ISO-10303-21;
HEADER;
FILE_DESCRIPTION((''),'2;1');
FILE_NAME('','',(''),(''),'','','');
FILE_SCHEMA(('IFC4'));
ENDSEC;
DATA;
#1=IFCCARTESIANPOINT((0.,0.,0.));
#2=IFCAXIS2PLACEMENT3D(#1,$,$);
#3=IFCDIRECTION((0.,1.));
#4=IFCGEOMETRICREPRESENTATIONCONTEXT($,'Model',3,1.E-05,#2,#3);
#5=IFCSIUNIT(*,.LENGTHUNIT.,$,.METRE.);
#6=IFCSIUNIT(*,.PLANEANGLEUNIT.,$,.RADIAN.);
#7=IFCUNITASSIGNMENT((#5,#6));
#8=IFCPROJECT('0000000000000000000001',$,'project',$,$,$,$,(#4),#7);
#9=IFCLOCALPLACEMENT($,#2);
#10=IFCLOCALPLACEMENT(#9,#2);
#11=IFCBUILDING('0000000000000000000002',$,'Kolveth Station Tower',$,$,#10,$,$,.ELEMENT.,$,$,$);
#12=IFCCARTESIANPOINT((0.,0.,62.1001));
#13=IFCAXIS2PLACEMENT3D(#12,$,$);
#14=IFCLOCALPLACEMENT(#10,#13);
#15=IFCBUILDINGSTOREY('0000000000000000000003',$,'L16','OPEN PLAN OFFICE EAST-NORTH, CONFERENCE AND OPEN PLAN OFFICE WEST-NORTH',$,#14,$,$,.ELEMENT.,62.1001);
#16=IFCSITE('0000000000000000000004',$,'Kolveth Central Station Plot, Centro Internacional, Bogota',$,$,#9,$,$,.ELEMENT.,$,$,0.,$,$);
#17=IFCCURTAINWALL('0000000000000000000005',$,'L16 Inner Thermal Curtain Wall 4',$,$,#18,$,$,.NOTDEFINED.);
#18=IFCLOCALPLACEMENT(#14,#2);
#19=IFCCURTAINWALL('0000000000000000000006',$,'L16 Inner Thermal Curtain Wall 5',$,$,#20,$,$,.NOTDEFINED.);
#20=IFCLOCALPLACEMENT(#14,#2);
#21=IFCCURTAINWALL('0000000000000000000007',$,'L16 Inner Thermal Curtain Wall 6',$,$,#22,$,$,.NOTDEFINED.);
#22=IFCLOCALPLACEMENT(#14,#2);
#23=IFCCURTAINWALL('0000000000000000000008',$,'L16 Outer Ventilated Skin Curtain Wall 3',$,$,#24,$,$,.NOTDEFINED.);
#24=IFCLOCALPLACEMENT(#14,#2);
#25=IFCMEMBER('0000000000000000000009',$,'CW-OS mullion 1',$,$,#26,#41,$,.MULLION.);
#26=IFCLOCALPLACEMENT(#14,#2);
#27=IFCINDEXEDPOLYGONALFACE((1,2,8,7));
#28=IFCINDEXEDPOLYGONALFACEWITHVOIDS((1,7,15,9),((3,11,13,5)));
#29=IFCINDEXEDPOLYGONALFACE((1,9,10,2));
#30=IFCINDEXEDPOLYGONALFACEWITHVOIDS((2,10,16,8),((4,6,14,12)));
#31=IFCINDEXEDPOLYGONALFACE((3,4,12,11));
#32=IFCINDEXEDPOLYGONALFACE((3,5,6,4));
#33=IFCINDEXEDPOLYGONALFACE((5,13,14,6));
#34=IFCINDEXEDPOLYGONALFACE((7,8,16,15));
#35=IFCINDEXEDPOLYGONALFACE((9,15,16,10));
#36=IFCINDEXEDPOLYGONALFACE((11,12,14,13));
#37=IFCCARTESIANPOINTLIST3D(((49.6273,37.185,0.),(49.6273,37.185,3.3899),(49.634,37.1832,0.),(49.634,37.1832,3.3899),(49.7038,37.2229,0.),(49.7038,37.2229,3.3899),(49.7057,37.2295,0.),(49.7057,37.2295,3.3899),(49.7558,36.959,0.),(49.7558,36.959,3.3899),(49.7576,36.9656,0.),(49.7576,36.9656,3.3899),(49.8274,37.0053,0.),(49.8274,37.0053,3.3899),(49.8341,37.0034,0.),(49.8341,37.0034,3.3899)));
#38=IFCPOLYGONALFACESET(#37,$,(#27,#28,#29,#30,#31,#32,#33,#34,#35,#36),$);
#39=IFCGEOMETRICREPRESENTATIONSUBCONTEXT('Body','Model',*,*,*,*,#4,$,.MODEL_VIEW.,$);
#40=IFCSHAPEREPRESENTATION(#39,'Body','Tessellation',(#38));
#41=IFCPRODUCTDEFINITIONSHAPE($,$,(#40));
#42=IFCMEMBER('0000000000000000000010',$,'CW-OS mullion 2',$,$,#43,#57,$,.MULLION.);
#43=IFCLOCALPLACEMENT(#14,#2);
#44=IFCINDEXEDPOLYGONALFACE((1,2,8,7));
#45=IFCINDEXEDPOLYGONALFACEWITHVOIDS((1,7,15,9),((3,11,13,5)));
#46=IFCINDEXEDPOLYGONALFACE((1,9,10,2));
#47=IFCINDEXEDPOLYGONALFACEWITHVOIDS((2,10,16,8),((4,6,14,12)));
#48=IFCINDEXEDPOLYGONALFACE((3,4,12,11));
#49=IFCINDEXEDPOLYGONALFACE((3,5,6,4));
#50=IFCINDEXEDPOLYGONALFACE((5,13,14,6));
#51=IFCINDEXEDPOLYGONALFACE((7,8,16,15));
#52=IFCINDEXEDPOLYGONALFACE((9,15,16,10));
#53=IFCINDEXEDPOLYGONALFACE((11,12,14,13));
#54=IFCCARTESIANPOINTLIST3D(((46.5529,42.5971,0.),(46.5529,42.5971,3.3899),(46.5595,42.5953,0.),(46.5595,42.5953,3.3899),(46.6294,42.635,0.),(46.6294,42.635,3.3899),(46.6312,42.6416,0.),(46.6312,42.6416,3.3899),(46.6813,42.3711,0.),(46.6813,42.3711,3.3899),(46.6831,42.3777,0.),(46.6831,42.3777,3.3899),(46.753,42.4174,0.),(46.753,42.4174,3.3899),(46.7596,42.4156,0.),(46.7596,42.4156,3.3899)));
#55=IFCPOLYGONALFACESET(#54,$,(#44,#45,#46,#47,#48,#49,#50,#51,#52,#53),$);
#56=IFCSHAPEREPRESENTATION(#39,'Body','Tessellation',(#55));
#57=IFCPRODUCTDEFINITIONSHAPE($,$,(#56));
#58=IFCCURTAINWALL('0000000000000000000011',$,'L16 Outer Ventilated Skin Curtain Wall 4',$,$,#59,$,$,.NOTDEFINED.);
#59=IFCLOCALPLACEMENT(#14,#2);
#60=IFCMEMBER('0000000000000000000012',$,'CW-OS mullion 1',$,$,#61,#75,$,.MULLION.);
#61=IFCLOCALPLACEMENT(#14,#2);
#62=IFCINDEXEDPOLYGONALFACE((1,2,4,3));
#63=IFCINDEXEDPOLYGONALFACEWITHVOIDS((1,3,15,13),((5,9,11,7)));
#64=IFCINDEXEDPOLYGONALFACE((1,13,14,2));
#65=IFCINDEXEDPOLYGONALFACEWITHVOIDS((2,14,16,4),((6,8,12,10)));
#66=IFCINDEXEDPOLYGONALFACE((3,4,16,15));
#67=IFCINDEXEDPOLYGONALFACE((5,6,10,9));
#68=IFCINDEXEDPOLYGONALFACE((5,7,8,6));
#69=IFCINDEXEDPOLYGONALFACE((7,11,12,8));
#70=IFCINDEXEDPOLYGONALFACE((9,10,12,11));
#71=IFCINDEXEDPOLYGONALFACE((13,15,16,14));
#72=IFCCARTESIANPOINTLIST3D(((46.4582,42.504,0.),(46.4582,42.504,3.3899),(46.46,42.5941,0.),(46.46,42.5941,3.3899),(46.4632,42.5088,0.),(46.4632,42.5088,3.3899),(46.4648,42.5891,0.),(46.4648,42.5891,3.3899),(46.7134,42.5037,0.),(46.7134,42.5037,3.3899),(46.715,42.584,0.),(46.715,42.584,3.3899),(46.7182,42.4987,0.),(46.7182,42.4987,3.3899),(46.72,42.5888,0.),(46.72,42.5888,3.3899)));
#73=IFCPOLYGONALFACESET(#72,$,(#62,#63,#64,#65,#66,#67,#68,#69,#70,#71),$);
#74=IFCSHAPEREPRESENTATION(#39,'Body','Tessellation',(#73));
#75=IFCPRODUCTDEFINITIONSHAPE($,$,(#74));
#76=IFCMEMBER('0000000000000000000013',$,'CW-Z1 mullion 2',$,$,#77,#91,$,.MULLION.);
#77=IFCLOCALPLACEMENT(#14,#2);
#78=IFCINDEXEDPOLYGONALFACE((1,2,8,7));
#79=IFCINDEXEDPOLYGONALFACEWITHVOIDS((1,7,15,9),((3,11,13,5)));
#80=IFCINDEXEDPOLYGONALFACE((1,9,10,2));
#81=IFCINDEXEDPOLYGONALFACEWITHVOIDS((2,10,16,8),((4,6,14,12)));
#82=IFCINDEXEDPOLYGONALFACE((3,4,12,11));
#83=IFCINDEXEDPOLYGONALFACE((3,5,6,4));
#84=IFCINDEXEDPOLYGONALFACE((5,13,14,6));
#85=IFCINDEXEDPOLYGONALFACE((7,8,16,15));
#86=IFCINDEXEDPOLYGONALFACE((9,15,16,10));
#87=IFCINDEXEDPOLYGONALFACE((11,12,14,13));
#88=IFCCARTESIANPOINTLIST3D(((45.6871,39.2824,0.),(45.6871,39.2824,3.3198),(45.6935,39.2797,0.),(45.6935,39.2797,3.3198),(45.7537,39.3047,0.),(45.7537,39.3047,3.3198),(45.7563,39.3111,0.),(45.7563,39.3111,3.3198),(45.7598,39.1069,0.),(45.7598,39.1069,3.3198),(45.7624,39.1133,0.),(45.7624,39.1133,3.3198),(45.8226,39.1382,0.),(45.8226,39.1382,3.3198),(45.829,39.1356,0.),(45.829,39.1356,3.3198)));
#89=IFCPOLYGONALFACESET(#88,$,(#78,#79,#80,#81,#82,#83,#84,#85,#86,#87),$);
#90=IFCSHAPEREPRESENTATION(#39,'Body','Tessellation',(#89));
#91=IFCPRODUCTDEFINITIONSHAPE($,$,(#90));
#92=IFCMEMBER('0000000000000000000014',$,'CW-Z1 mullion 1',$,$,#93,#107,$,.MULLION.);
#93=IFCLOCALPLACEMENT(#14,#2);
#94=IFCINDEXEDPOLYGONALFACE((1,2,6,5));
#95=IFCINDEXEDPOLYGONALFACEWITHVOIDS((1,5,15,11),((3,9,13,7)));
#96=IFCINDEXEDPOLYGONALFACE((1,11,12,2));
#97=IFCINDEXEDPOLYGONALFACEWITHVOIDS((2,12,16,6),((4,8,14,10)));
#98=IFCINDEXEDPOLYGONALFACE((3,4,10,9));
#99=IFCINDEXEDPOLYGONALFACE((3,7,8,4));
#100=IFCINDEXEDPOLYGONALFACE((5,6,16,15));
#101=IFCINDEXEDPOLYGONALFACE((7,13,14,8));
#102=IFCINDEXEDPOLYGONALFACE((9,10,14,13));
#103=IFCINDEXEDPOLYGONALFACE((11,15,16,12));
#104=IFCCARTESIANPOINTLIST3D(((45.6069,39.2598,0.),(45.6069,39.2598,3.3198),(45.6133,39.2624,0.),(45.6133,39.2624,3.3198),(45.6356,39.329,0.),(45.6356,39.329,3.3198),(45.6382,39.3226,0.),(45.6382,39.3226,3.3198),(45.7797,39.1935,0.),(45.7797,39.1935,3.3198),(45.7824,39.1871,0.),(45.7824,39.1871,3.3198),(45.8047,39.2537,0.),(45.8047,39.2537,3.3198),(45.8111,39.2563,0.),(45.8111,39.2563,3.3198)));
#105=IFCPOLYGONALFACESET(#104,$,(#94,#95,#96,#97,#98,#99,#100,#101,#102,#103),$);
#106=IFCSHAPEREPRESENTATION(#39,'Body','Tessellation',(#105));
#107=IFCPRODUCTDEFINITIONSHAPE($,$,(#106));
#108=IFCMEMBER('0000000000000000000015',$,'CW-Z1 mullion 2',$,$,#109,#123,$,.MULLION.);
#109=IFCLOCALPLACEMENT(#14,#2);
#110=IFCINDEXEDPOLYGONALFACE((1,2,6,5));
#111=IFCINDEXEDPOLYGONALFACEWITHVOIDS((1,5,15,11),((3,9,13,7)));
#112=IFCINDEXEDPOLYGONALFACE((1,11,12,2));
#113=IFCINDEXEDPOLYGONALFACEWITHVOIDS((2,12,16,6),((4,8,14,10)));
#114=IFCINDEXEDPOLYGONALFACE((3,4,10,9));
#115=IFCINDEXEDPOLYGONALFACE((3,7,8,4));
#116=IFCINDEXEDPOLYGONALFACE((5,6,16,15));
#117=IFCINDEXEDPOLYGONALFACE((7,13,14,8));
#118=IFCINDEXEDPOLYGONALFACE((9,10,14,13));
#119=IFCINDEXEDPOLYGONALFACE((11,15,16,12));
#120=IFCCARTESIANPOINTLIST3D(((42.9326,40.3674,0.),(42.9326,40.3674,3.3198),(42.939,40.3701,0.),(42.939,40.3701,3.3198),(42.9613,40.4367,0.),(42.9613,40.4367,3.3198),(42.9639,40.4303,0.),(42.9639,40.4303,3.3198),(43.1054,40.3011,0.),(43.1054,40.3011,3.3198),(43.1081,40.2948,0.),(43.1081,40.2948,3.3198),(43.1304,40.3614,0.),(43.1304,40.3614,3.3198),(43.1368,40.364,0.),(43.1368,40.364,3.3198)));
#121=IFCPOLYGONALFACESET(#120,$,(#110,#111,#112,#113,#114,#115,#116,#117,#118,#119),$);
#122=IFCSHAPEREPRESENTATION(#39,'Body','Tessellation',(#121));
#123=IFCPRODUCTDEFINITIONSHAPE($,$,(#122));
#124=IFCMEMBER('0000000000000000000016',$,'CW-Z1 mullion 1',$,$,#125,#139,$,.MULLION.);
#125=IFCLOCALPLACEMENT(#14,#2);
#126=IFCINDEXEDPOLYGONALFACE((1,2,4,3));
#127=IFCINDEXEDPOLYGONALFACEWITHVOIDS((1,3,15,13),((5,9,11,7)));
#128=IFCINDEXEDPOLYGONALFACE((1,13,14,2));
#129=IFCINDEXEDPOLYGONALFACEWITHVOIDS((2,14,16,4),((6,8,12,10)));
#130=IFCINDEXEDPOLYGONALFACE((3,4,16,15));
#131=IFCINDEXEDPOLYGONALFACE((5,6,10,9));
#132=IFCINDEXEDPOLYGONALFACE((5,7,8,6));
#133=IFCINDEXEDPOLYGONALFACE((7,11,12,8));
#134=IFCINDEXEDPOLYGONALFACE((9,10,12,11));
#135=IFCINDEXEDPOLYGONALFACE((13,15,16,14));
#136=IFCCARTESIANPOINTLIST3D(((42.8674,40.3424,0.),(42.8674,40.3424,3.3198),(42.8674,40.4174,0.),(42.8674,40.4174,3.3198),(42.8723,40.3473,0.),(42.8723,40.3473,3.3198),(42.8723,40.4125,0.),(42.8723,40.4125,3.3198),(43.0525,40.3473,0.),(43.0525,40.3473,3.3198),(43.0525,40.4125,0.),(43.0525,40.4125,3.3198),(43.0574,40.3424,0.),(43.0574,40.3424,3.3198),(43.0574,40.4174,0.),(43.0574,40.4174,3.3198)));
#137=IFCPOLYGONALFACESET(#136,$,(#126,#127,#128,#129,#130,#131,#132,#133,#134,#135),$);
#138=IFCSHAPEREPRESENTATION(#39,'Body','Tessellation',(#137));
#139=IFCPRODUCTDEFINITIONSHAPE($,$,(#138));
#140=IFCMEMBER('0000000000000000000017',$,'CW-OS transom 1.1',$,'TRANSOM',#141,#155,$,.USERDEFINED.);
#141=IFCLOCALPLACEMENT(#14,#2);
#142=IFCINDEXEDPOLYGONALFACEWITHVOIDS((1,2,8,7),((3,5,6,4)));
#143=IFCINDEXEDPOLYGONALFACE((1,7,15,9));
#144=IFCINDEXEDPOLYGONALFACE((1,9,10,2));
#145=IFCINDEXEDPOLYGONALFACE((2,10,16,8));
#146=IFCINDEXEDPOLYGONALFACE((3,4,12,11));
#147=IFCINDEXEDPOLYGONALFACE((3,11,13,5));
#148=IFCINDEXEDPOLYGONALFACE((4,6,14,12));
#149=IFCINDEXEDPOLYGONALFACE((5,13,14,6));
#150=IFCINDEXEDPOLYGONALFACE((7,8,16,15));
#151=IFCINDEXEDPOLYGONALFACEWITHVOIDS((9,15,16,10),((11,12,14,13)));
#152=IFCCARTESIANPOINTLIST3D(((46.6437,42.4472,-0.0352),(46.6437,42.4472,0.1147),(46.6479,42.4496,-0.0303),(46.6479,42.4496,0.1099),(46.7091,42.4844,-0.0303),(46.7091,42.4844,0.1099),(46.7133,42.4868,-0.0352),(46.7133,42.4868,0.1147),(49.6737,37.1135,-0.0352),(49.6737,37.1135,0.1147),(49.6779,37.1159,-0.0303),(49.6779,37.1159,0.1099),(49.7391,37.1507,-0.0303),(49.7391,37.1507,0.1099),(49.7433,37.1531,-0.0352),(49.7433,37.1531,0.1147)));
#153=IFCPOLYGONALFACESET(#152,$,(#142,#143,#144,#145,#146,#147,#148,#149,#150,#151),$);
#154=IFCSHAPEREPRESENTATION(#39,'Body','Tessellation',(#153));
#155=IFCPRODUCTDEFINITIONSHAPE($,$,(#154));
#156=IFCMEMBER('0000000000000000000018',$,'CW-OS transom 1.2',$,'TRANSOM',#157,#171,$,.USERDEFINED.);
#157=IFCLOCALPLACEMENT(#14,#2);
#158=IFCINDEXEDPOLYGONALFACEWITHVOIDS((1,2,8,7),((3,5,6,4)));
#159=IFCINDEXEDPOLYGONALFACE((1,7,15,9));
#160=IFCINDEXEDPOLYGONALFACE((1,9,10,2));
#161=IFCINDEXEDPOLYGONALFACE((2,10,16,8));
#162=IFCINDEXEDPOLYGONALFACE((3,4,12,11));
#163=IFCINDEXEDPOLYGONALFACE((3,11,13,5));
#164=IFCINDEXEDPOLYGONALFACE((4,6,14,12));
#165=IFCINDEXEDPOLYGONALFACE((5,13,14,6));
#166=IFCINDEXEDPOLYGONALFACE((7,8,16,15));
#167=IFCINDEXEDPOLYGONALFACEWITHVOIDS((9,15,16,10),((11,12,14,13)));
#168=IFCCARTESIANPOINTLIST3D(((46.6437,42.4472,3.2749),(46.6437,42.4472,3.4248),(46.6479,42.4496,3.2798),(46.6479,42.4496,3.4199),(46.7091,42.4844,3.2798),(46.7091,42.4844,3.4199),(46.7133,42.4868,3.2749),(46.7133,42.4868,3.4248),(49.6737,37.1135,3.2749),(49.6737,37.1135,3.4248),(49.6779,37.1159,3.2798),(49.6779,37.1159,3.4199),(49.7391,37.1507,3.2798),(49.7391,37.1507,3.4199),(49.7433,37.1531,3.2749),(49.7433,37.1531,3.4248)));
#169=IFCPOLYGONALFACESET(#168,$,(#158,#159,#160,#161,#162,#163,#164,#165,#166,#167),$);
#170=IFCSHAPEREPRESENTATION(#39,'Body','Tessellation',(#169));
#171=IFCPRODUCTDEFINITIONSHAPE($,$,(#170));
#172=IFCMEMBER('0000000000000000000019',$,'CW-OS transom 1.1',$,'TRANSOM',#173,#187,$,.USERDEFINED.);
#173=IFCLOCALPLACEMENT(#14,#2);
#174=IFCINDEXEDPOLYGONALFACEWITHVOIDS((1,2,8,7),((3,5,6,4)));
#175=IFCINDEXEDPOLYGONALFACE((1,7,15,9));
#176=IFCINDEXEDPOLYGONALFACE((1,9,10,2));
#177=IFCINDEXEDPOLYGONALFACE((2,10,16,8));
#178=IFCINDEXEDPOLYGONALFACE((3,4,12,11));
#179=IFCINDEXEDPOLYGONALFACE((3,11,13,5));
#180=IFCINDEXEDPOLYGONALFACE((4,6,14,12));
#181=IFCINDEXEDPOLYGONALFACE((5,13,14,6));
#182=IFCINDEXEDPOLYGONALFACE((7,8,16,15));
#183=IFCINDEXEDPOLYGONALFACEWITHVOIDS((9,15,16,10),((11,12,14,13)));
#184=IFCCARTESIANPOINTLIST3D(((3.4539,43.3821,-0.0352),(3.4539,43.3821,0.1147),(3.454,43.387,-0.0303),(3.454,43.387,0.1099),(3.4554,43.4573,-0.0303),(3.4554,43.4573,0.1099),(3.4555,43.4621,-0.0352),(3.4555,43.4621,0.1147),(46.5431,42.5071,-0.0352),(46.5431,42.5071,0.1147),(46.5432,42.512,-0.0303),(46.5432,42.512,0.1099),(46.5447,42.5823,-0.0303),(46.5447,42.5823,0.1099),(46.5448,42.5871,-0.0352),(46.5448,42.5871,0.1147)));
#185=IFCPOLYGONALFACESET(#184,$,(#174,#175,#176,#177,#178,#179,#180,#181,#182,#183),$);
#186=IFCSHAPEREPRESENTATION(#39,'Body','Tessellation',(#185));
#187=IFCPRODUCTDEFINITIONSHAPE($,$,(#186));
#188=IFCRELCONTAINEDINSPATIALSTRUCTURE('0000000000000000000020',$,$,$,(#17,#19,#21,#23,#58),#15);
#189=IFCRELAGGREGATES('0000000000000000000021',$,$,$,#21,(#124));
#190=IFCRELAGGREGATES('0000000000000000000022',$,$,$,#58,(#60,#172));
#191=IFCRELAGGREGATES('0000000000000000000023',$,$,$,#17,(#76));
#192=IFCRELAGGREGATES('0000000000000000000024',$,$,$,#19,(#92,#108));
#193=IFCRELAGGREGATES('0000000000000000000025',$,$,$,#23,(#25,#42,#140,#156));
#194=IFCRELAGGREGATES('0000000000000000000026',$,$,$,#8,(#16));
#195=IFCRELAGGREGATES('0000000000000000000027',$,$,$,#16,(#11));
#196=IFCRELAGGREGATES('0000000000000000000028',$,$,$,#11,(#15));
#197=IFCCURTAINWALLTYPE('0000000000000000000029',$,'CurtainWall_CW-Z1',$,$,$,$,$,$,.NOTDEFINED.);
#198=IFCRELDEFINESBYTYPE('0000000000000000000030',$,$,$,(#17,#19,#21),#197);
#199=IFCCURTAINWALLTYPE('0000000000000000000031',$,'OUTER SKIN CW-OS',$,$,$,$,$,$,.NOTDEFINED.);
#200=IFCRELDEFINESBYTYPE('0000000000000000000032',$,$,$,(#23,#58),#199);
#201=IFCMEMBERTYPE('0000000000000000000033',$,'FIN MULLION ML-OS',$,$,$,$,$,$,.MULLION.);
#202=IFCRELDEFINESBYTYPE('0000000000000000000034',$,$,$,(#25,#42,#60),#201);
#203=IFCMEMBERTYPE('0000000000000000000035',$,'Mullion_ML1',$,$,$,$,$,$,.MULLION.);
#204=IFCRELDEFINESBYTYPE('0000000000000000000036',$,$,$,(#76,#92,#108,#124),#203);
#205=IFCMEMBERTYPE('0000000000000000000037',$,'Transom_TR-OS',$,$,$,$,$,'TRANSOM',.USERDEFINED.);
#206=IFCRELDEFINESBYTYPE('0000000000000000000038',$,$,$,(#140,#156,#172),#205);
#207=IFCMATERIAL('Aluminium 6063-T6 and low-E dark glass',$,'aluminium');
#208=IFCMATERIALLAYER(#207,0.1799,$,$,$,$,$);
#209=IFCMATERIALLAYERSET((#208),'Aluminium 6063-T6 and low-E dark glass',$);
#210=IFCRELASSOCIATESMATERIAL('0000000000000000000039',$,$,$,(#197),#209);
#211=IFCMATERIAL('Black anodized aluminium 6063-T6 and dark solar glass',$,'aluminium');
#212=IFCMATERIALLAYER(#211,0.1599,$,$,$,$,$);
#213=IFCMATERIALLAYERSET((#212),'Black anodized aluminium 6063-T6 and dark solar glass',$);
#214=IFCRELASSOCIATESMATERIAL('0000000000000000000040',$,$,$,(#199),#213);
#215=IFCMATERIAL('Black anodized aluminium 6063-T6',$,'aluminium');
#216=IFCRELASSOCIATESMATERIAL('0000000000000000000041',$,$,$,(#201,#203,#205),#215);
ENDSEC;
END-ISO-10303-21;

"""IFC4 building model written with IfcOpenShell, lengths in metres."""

from ifc_helpers import new_model, si_unit, direction, frame, origin, origin_2d, place, context, subcontext, project, spatial, hollow_rectangle, extrude, source, transform, mapped, material, layer, layer_set, material_profile, profile_set, type_object, element, aggregate, save


model = new_model("IFC4")

# Units and contexts
model_context = context("Model", 3, precision=1e-05, world=origin(), true_north=direction((0.0, 1.0)))
body_context = subcontext(model_context, "Body", "Model", "MODEL_VIEW")
ifc_project = project(units=[si_unit("LENGTHUNIT", "METRE"), si_unit("PLANEANGLEUNIT", "RADIAN")], contexts=[model_context])

# Site, building, storey
site_placement = place(None, origin())
site = spatial("IfcSite", under=ifc_project, at=site_placement, Name="Kolveth Central Station Plot, Centro Internacional, Bogota", CompositionType="ELEMENT", RefElevation=0.0)
building_placement = place(site_placement, origin())
building = spatial("IfcBuilding", under=site, at=building_placement, Name="Kolveth Station Tower", CompositionType="ELEMENT")
storey_placement = place(building_placement, frame((0.0, 0.0, 62.1001)))
storey = spatial("IfcBuildingStorey", under=building, at=storey_placement, Name="L16", Description="OPEN PLAN OFFICE EAST-NORTH, CONFERENCE AND OPEN PLAN OFFICE WEST-NORTH", CompositionType="ELEMENT", Elevation=62.1001)

# Curtain walls
ifc_material_1 = material(Name="Aluminium 6063-T6 and low-E dark glass", Category="aluminium")
ifc_layer_1 = layer(ifc_material_1, 0.1799)
ifc_layer_set_1 = layer_set([ifc_layer_1], Name="Aluminium 6063-T6 and low-E dark glass")
curtain_wall_type_1 = type_object("IfcCurtainWallType", Name="CurtainWall_CW-Z1", PredefinedType="NOTDEFINED", material=ifc_layer_set_1)
curtain_wall_1_placement = place(storey_placement, origin())
curtain_wall_1 = element("IfcCurtainWall", 1, at=curtain_wall_1_placement, inside=storey, type_object=curtain_wall_type_1, Name="L16 Inner Thermal Curtain Wall 4", PredefinedType="NOTDEFINED")
ifc_material_2 = material(Name="Black anodized aluminium 6063-T6", Category="aluminium")
curtain_wall_2_placement = place(storey_placement, origin())
curtain_wall_2 = element("IfcCurtainWall", 2, at=curtain_wall_2_placement, inside=storey, type_object=curtain_wall_type_1, Name="L16 Inner Thermal Curtain Wall 5", PredefinedType="NOTDEFINED")
curtain_wall_3_placement = place(storey_placement, origin())
curtain_wall_3 = element("IfcCurtainWall", 3, at=curtain_wall_3_placement, inside=storey, type_object=curtain_wall_type_1, Name="L16 Inner Thermal Curtain Wall 6", PredefinedType="NOTDEFINED")

# Shared definitions
ifc_material_3 = material(Name="Black anodized aluminium 6063-T6 and dark solar glass", Category="aluminium")
ifc_layer_2 = layer(ifc_material_3, 0.1599)
ifc_layer_set_2 = layer_set([ifc_layer_2], Name="Black anodized aluminium 6063-T6 and dark solar glass")
curtain_wall_type_2 = type_object("IfcCurtainWallType", Name="OUTER SKIN CW-OS", PredefinedType="NOTDEFINED", material=ifc_layer_set_2)
ifc_material_profile_1 = material_profile(ifc_material_2, hollow_rectangle(XDim=0.0901, YDim=0.26, WallThickness=0.0049, at=origin_2d()), Name="ALU-90x260x5")
ifc_profile_set_1 = profile_set([ifc_material_profile_1], Name="Black anodized aluminium 6063-T6")
member_type_1 = type_object("IfcMemberType", Name="FIN MULLION ML-OS", PredefinedType="MULLION", material=ifc_profile_set_1)
shared_shape_1 = source(origin(), body_context, "Body", "SweptSolid", [
    extrude(hollow_rectangle(XDim=0.0901, YDim=0.26, WallThickness=0.0049, at=origin_2d()), origin(), (0.0, 0.0, 1.0), 3.3899),
])

# Curtain wall, members
curtain_wall_4_placement = place(storey_placement, origin())
curtain_wall_4 = element("IfcCurtainWall", 4, at=curtain_wall_4_placement, inside=storey, type_object=curtain_wall_type_2, Name="L16 Outer Ventilated Skin Curtain Wall 3", PredefinedType="NOTDEFINED")
member_1_placement = place(storey_placement, frame((49.7307, 37.0942, 0.0), z_axis=(0.0, 0.0, 1.0), x_axis=(-0.869497, -0.493939, 0.0)))
member_1 = element("IfcMember", 5, at=member_1_placement, type_object=member_type_1, Name="CW-OS mullion 1", PredefinedType="MULLION", context=body_context, shape_type="MappedRepresentation", body=[
    mapped(shared_shape_1, transform((0.0, 0.0, 0.0), x_axis=(1.0, 0.0, 0.0), y_axis=(0.0, 1.0, 0.0), z_axis=(0.0, 0.0, 1.0), scale=1.0)),
])
member_2_placement = place(storey_placement, frame((46.6562, 42.5063, 0.0), z_axis=(0.0, 0.0, 1.0), x_axis=(-0.869497, -0.493939, 0.0)))
member_2 = element("IfcMember", 6, at=member_2_placement, type_object=member_type_1, Name="CW-OS mullion 2", PredefinedType="MULLION", context=body_context, shape_type="MappedRepresentation", body=[
    mapped(shared_shape_1, transform((0.0, 0.0, 0.0), x_axis=(1.0, 0.0, 0.0), y_axis=(0.0, 1.0, 0.0), z_axis=(0.0, 0.0, 1.0), scale=1.0)),
])

# Curtain wall, member
curtain_wall_5_placement = place(storey_placement, origin())
curtain_wall_5 = element("IfcCurtainWall", 7, at=curtain_wall_5_placement, inside=storey, type_object=curtain_wall_type_2, Name="L16 Outer Ventilated Skin Curtain Wall 4", PredefinedType="NOTDEFINED")
member_3_placement = place(storey_placement, frame((46.5891, 42.5464, 0.0), z_axis=(0.0, 0.0, 1.0), x_axis=(-0.020301, -0.999794, 0.0)))
member_3 = element("IfcMember", 8, at=member_3_placement, type_object=member_type_1, Name="CW-OS mullion 1", PredefinedType="MULLION", context=body_context, shape_type="MappedRepresentation", body=[
    mapped(shared_shape_1, transform((0.0, 0.0, 0.0), x_axis=(1.0, 0.0, 0.0), y_axis=(0.0, 1.0, 0.0), z_axis=(0.0, 0.0, 1.0), scale=1.0)),
])

# Members
ifc_material_profile_2 = material_profile(ifc_material_2, hollow_rectangle(XDim=0.075, YDim=0.1899, WallThickness=0.0049, at=origin_2d()), Name="ALU-75x190x5")
ifc_profile_set_2 = profile_set([ifc_material_profile_2], Name="Black anodized aluminium 6063-T6")
member_type_2 = type_object("IfcMemberType", Name="Mullion_ML1", PredefinedType="MULLION", material=ifc_profile_set_2)
shared_shape_2 = source(origin(), body_context, "Body", "SweptSolid", [
    extrude(hollow_rectangle(XDim=0.075, YDim=0.1899, WallThickness=0.0049, at=origin_2d()), origin(), (0.0, 0.0, 1.0), 3.3198),
])
member_4_placement = place(storey_placement, frame((45.7581, 39.209, 0.0), z_axis=(0.0, 0.0, 1.0), x_axis=(-0.923884, -0.382673, 0.0)))
member_4 = element("IfcMember", 9, at=member_4_placement, type_object=member_type_2, Name="CW-Z1 mullion 2", PredefinedType="MULLION", context=body_context, shape_type="MappedRepresentation", body=[
    mapped(shared_shape_2, transform((0.0, 0.0, 0.0), x_axis=(1.0, 0.0, 0.0), y_axis=(0.0, 1.0, 0.0), z_axis=(0.0, 0.0, 1.0), scale=1.0)),
])
member_5_placement = place(storey_placement, frame((45.709, 39.2581, 0.0), z_axis=(0.0, 0.0, 1.0), x_axis=(-0.382673, -0.923884, 0.0)))
member_5 = element("IfcMember", 10, at=member_5_placement, type_object=member_type_2, Name="CW-Z1 mullion 1", PredefinedType="MULLION", context=body_context, shape_type="MappedRepresentation", body=[
    mapped(shared_shape_2, transform((0.0, 0.0, 0.0), x_axis=(1.0, 0.0, 0.0), y_axis=(0.0, 1.0, 0.0), z_axis=(0.0, 0.0, 1.0), scale=1.0)),
])
member_6_placement = place(storey_placement, frame((43.0347, 40.3657, 0.0), z_axis=(0.0, 0.0, 1.0), x_axis=(-0.382673, -0.923884, 0.0)))
member_6 = element("IfcMember", 11, at=member_6_placement, type_object=member_type_2, Name="CW-Z1 mullion 2", PredefinedType="MULLION", context=body_context, shape_type="MappedRepresentation", body=[
    mapped(shared_shape_2, transform((0.0, 0.0, 0.0), x_axis=(1.0, 0.0, 0.0), y_axis=(0.0, 1.0, 0.0), z_axis=(0.0, 0.0, 1.0), scale=1.0)),
])
member_7_placement = place(storey_placement, frame((42.9624, 40.3799, 0.0), z_axis=(0.0, 0.0, 1.0), x_axis=(0.0, -1.0, 0.0)))
member_7 = element("IfcMember", 12, at=member_7_placement, type_object=member_type_2, Name="CW-Z1 mullion 1", PredefinedType="MULLION", context=body_context, shape_type="MappedRepresentation", body=[
    mapped(shared_shape_2, transform((0.0, 0.0, 0.0), x_axis=(1.0, 0.0, 0.0), y_axis=(0.0, 1.0, 0.0), z_axis=(0.0, 0.0, 1.0), scale=1.0)),
])
aggregate(curtain_wall_3, [member_7])
ifc_material_profile_3 = material_profile(ifc_material_2, hollow_rectangle(XDim=0.0801, YDim=0.1499, WallThickness=0.0049, at=origin_2d()), Name="ALU-80x150x5")
ifc_profile_set_3 = profile_set([ifc_material_profile_3], Name="Black anodized aluminium 6063-T6")
member_type_3 = type_object("IfcMemberType", Name="Transom_TR-OS", ElementType="TRANSOM", PredefinedType="USERDEFINED", material=ifc_profile_set_3)
shared_shape_3 = source(origin(), body_context, "Body", "SweptSolid", [
    extrude(hollow_rectangle(XDim=0.0801, YDim=0.1499, WallThickness=0.0049, at=origin_2d()), origin(), (0.0, 0.0, 1.0), 6.1343),
])
member_8_placement = place(storey_placement, frame((49.7085, 37.1333, 0.0398), z_axis=(-0.493947, 0.869492, 0.0), x_axis=(-0.869492, -0.493947, 0.0)))
member_8 = element("IfcMember", 13, at=member_8_placement, type_object=member_type_3, Name="CW-OS transom 1.1", ObjectType="TRANSOM", PredefinedType="USERDEFINED", context=body_context, shape_type="MappedRepresentation", body=[
    mapped(shared_shape_3, transform((0.0, 0.0, 0.0), x_axis=(1.0, 0.0, 0.0), y_axis=(0.0, 1.0, 0.0), z_axis=(0.0, 0.0, 1.0), scale=1.0)),
])
member_9_placement = place(storey_placement, frame((49.7085, 37.1333, 3.3499), z_axis=(-0.493947, 0.869492, 0.0), x_axis=(-0.869492, -0.493947, 0.0)))
member_9 = element("IfcMember", 14, at=member_9_placement, type_object=member_type_3, Name="CW-OS transom 1.2", ObjectType="TRANSOM", PredefinedType="USERDEFINED", context=body_context, shape_type="MappedRepresentation", body=[
    mapped(shared_shape_3, transform((0.0, 0.0, 0.0), x_axis=(1.0, 0.0, 0.0), y_axis=(0.0, 1.0, 0.0), z_axis=(0.0, 0.0, 1.0), scale=1.0)),
])
shared_shape_4 = source(origin(), body_context, "Body", "SweptSolid", [
    extrude(hollow_rectangle(XDim=0.0801, YDim=0.1499, WallThickness=0.0049, at=origin_2d()), origin(), (0.0, 0.0, 1.0), 43.0981),
])
member_10_placement = place(storey_placement, frame((46.5439, 42.5471, 0.0398), z_axis=(-0.999794, 0.020302, 0.0), x_axis=(-0.020302, -0.999794, 0.0)))
member_10 = element("IfcMember", 15, at=member_10_placement, type_object=member_type_3, Name="CW-OS transom 1.1", ObjectType="TRANSOM", PredefinedType="USERDEFINED", context=body_context, shape_type="MappedRepresentation", body=[
    mapped(shared_shape_4, transform((0.0, 0.0, 0.0), x_axis=(1.0, 0.0, 0.0), y_axis=(0.0, 1.0, 0.0), z_axis=(0.0, 0.0, 1.0), scale=1.0)),
])
aggregate(curtain_wall_5, [member_3, member_10])

aggregate(curtain_wall_1, [member_4])
aggregate(curtain_wall_2, [member_5, member_6])
aggregate(curtain_wall_4, [member_1, member_2, member_8, member_9])

save(model, "model.ifc")
